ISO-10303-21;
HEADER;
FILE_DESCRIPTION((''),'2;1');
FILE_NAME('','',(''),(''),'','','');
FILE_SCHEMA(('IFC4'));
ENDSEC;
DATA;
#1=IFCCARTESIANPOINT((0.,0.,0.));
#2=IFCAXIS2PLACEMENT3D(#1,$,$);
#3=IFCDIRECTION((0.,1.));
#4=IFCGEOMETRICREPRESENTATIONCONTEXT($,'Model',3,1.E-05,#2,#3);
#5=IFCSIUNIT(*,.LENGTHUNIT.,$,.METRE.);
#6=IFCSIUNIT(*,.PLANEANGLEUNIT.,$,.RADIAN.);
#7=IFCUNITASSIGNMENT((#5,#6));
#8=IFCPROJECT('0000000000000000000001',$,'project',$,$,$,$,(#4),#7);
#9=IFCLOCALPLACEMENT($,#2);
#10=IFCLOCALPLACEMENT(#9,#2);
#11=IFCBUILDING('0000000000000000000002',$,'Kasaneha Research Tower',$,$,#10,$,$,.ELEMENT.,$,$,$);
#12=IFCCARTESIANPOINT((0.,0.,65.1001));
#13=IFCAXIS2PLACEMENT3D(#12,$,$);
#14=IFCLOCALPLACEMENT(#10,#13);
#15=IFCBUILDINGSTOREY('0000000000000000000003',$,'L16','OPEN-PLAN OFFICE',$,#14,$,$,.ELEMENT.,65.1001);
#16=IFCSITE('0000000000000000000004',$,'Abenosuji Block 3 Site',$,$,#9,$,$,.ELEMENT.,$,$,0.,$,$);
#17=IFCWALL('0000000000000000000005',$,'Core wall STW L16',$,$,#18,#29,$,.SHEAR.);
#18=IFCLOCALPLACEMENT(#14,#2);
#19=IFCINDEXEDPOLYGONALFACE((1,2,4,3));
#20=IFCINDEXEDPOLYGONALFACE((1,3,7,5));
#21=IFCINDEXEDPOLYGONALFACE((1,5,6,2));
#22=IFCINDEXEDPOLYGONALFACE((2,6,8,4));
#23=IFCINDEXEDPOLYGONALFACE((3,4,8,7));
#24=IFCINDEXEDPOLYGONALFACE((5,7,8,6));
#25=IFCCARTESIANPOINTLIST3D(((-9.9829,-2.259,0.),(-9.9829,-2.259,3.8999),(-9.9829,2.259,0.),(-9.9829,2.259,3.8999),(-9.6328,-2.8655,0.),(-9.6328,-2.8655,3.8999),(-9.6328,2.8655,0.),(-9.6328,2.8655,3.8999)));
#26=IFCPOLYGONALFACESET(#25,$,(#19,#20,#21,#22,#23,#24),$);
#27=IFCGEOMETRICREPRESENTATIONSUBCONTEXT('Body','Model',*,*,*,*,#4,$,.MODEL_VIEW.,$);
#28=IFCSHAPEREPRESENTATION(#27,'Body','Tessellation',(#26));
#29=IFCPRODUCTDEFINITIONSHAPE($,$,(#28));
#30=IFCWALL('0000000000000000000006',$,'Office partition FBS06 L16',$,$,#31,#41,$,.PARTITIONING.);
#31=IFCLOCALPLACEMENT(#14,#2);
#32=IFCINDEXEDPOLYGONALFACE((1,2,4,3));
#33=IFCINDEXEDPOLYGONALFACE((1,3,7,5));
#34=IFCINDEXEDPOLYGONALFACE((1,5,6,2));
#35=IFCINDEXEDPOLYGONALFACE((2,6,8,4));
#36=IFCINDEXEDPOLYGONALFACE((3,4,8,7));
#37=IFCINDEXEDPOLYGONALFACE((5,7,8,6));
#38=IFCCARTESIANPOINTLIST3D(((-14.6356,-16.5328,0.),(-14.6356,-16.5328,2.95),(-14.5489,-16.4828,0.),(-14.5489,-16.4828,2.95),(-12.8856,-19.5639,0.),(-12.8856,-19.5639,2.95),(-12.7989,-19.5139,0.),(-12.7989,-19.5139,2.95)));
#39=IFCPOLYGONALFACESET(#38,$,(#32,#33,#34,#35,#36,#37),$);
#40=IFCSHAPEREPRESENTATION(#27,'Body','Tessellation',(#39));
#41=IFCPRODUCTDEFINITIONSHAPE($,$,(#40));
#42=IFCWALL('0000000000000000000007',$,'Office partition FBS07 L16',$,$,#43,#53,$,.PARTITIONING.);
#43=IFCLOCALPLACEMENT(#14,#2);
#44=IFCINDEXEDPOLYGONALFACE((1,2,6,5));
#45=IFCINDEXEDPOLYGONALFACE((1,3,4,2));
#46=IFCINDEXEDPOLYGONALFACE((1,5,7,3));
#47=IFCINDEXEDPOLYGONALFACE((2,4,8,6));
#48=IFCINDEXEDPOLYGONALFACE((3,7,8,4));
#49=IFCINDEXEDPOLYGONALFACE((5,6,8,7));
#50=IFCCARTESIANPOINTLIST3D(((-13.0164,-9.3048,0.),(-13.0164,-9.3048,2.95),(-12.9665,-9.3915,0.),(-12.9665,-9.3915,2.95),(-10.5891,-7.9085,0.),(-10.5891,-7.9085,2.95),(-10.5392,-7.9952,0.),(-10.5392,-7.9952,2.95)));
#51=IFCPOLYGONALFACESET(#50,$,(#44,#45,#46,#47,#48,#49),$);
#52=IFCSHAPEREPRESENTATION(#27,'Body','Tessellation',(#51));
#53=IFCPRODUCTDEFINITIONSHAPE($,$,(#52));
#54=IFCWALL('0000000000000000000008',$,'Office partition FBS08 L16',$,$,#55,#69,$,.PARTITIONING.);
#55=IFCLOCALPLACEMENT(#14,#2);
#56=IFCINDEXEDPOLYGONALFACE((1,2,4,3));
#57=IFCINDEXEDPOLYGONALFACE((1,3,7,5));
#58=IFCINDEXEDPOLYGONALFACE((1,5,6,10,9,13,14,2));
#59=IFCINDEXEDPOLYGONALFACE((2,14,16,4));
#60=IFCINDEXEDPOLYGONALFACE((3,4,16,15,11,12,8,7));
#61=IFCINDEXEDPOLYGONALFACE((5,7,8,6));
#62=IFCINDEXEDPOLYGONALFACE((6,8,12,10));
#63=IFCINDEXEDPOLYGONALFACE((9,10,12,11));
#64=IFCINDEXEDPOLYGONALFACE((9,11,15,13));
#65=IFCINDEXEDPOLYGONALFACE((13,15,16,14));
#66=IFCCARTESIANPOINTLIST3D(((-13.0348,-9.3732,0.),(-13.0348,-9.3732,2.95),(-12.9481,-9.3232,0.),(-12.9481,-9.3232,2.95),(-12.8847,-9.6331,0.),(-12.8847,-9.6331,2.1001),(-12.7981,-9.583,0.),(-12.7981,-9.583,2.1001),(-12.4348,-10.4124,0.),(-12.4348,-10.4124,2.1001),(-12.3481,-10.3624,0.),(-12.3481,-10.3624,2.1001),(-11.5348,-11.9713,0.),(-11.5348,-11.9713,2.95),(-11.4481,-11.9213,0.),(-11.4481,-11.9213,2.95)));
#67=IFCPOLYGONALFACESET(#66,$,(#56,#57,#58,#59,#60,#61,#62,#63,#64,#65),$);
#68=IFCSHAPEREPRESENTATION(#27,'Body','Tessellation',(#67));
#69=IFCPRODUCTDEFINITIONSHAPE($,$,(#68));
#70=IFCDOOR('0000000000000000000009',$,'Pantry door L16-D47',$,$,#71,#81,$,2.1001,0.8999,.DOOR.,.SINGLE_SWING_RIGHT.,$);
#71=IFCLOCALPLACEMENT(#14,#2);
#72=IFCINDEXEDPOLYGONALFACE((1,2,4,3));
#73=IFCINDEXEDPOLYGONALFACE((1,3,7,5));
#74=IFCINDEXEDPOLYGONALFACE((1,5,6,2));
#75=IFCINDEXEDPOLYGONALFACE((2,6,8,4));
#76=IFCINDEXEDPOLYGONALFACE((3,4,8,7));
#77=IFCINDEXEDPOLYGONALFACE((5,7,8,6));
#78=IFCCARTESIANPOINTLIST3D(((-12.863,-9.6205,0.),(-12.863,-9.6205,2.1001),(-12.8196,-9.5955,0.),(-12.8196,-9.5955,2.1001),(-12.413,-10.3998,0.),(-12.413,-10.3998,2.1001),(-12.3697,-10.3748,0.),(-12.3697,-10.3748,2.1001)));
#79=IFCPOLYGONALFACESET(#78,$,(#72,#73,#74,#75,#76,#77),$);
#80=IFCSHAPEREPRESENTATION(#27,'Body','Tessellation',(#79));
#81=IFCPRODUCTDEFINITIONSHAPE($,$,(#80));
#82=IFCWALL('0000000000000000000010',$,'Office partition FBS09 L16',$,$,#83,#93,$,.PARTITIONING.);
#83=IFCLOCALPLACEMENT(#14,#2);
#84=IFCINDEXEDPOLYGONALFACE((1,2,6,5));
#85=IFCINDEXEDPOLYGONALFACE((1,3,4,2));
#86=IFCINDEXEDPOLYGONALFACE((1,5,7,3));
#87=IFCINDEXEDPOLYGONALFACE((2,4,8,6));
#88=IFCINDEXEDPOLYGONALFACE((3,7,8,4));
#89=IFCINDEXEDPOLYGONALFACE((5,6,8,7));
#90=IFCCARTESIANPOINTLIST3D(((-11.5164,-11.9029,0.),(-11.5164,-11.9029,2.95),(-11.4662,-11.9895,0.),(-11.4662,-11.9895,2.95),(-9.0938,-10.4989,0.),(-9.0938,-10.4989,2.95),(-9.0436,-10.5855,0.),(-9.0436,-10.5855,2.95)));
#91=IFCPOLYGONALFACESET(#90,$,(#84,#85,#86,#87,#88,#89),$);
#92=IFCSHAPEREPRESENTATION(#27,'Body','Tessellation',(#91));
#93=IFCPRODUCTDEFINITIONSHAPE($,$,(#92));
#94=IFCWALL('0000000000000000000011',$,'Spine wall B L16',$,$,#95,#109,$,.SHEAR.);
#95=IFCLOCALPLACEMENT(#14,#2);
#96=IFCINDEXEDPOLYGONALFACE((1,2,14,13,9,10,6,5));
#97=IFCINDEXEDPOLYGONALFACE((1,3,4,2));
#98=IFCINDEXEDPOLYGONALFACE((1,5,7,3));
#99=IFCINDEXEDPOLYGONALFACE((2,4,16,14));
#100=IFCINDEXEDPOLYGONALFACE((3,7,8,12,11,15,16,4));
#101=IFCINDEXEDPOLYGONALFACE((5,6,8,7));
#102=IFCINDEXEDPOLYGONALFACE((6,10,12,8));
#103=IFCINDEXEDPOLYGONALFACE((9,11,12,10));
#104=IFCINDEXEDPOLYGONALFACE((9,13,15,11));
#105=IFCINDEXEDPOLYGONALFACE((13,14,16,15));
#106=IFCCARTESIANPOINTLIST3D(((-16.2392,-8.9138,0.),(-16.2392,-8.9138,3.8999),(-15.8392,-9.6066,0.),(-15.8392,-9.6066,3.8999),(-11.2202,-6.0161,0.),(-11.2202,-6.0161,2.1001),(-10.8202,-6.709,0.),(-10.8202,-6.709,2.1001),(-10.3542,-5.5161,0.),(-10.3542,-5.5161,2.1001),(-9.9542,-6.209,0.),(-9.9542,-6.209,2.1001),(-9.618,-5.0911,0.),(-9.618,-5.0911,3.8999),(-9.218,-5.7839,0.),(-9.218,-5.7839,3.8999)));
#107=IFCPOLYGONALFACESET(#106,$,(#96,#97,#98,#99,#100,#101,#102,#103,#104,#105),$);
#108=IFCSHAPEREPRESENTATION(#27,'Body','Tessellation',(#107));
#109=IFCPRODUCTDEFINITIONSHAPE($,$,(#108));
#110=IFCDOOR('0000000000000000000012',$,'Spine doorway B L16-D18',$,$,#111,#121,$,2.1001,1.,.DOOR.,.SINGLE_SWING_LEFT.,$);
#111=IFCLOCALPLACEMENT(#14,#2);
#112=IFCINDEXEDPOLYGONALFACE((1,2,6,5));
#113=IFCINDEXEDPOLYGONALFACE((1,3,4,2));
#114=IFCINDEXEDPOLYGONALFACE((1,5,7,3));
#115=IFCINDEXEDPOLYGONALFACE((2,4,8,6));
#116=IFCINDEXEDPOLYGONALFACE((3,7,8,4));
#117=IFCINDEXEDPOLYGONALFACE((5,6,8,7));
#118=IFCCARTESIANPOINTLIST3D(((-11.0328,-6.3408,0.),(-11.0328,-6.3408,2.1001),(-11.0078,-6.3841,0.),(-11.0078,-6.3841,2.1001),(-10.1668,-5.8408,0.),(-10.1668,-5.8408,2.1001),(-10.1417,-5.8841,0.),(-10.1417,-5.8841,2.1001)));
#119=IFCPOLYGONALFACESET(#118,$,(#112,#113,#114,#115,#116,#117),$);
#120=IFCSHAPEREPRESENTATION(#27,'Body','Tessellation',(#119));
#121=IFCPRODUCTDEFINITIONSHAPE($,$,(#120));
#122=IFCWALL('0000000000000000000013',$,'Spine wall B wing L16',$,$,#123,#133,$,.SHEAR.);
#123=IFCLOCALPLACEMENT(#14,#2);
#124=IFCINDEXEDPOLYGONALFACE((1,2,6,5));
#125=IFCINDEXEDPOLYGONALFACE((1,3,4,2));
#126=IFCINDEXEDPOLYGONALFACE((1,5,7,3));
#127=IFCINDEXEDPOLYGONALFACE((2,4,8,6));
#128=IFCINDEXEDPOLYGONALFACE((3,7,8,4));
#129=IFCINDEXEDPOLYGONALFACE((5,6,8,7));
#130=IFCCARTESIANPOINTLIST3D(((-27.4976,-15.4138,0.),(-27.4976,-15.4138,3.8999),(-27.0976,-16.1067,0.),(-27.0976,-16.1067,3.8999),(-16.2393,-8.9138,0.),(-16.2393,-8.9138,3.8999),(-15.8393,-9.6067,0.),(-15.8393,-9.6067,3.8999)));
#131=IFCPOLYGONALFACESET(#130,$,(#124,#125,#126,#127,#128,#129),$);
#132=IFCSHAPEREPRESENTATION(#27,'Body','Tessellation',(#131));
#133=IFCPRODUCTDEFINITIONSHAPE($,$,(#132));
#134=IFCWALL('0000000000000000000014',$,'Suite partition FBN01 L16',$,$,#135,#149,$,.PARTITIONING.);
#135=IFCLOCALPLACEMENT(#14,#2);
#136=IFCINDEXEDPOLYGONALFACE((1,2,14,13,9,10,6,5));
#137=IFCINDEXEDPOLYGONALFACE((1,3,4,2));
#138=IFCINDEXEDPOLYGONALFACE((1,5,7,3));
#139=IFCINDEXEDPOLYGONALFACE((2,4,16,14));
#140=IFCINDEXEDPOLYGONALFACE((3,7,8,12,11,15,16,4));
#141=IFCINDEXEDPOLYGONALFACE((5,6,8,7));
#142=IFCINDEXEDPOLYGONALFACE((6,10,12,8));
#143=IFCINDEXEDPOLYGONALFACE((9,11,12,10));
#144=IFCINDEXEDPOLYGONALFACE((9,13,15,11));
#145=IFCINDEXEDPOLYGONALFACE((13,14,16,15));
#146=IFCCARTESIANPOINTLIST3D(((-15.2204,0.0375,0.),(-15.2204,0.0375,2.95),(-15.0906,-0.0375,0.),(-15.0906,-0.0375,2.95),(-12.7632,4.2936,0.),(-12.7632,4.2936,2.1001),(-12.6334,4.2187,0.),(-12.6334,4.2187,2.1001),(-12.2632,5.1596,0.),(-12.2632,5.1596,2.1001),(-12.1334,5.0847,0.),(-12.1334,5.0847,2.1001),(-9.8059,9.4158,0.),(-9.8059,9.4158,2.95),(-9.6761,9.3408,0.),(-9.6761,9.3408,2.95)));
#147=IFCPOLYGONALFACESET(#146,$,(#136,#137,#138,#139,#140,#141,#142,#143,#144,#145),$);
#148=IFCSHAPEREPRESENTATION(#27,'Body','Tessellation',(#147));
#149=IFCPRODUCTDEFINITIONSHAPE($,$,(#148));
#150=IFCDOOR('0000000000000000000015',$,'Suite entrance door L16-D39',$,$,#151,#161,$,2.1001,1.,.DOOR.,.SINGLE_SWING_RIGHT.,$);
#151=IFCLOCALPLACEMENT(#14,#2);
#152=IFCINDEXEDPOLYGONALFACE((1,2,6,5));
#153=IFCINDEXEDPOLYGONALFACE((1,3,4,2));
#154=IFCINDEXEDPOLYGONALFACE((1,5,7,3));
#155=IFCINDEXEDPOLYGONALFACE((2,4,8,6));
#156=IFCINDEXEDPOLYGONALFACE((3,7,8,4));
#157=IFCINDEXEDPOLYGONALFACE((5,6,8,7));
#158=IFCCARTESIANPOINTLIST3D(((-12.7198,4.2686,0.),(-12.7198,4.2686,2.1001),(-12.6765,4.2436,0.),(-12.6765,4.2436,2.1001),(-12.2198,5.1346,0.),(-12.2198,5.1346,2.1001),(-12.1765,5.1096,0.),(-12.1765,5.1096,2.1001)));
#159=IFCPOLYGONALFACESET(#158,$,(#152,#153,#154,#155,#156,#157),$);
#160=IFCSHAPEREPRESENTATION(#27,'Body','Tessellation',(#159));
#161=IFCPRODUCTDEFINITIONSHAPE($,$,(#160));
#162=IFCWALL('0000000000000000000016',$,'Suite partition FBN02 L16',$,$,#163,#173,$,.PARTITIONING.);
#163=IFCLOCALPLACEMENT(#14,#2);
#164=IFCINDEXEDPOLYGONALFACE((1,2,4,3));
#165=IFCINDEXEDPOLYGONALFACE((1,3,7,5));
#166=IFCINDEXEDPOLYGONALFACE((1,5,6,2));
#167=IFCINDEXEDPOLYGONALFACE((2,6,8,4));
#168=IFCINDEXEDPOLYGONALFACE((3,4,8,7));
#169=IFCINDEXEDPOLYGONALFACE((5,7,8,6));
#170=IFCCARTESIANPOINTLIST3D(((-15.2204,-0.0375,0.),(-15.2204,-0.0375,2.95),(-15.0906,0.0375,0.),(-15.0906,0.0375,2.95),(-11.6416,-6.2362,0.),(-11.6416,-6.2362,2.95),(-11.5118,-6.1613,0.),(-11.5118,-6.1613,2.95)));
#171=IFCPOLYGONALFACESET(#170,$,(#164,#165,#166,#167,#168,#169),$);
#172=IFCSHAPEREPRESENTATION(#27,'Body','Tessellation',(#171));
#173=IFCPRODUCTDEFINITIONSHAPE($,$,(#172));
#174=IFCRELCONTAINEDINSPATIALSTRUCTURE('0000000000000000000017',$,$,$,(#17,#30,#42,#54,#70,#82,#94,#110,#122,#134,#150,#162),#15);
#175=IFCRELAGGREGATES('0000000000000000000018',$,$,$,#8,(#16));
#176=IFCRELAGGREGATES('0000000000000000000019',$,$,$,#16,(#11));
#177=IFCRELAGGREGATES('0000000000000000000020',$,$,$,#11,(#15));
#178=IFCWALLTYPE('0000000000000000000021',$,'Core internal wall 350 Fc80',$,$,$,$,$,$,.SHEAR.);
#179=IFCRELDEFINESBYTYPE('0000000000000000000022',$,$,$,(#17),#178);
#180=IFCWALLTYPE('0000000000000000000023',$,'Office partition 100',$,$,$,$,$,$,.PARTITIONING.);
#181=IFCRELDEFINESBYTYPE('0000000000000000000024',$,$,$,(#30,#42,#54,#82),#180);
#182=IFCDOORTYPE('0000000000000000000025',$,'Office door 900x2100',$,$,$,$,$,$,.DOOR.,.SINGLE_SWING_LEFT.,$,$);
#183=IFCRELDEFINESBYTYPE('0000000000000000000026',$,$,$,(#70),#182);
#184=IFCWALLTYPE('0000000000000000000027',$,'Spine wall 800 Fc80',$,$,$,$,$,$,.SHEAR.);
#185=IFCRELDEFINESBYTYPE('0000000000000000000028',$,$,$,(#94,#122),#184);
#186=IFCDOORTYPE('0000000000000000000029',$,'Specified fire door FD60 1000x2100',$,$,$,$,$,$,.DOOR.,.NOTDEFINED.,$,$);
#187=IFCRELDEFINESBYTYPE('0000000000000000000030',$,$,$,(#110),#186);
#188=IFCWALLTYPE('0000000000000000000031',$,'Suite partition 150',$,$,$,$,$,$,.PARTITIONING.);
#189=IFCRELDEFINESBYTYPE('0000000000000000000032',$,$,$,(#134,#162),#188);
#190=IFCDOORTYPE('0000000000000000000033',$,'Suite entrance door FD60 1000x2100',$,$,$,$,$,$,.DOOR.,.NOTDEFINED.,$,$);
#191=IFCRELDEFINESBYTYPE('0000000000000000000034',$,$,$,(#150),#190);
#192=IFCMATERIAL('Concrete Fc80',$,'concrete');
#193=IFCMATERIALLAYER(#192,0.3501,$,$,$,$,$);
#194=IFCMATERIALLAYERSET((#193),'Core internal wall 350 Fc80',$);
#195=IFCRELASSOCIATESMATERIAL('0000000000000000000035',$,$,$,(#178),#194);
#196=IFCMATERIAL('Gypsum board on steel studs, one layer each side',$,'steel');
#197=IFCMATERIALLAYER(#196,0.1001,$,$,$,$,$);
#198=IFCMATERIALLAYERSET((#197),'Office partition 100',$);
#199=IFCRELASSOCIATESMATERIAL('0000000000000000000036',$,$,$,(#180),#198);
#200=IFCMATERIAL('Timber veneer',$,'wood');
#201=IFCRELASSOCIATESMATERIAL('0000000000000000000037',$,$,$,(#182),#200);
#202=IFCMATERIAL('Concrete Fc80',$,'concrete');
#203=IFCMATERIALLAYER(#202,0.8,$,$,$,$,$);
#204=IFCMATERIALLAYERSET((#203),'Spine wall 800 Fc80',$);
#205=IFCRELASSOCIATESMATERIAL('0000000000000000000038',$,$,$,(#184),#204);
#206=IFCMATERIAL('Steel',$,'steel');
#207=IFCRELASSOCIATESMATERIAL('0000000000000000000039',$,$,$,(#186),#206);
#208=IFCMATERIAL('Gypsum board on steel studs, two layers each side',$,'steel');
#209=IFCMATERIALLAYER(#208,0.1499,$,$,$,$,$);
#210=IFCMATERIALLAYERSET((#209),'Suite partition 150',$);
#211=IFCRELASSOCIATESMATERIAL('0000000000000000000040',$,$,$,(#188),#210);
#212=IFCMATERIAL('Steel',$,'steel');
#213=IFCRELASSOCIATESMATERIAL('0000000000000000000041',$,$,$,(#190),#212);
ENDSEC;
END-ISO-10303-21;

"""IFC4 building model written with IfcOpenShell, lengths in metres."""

from ifc_helpers import new_model, si_unit, direction, frame, frame_2d, origin, place, context, subcontext, project, spatial, polyline, rectangle, outline, extrude, material, layer, layer_set, type_object, element, fill, save


model = new_model("IFC4")

# Units and contexts
model_context = context("Model", 3, precision=1e-05, world=origin(), true_north=direction((0.0, 1.0)))
body_context = subcontext(model_context, "Body", "Model", "MODEL_VIEW")
ifc_project = project(units=[si_unit("LENGTHUNIT", "METRE"), si_unit("PLANEANGLEUNIT", "RADIAN")], contexts=[model_context])

# Site, building, storey
site_placement = place(None, origin())
site = spatial("IfcSite", under=ifc_project, at=site_placement, Name="Abenosuji Block 3 Site", CompositionType="ELEMENT", RefElevation=0.0)
building_placement = place(site_placement, origin())
building = spatial("IfcBuilding", under=site, at=building_placement, Name="Kasaneha Research Tower", CompositionType="ELEMENT")
storey_placement = place(building_placement, frame((0.0, 0.0, 65.1001)))
storey = spatial("IfcBuildingStorey", under=building, at=storey_placement, Name="L16", Description="OPEN-PLAN OFFICE", CompositionType="ELEMENT", Elevation=65.1001)

# Shared definitions
ifc_material_1 = material(Name="Concrete Fc80", Category="concrete")
ifc_layer_1 = layer(ifc_material_1, 0.3501)
ifc_layer_set_1 = layer_set([ifc_layer_1], Name="Core internal wall 350 Fc80")
wall_type_1 = type_object("IfcWallType", Name="Core internal wall 350 Fc80", PredefinedType="SHEAR", material=ifc_layer_set_1)

# Walls
wall_1_placement = place(storey_placement, frame((-9.8079, -2.5623, 0.0), z_axis=(0.0, 0.0, 1.0), x_axis=(0.0, 1.0, 0.0)))
element("IfcWall", 1, at=wall_1_placement, inside=storey, type_object=wall_type_1, Name="Core wall STW L16", PredefinedType="SHEAR", context=body_context, shape_type="SweptSolid", body=[
    extrude(outline(polyline([(-0.3032, -0.175), (5.4277, -0.175), (4.8213, 0.175), (0.3032, 0.175), (-0.3032, -0.175)])), origin(), (0.0, 0.0, 1.0), 3.8999),
])
ifc_material_2 = material(Name="Gypsum board on steel studs, one layer each side", Category="steel")
ifc_layer_2 = layer(ifc_material_2, 0.1001)
ifc_layer_set_2 = layer_set([ifc_layer_2], Name="Office partition 100")
wall_type_2 = type_object("IfcWallType", Name="Office partition 100", PredefinedType="PARTITIONING", material=ifc_layer_set_2)
wall_2_placement = place(storey_placement, frame((-14.5923, -16.5078, 0.0), z_axis=(0.0, 0.0, 1.0), x_axis=(0.50001, -0.866019, 0.0)))
element("IfcWall", 2, at=wall_2_placement, inside=storey, type_object=wall_type_2, Name="Office partition FBS06 L16", PredefinedType="PARTITIONING", context=body_context, shape_type="SweptSolid", body=[
    extrude(rectangle(XDim=3.5, YDim=0.1001, at=frame_2d((1.75, 0.0))), origin(), (0.0, 0.0, 1.0), 2.95),
])
wall_3_placement = place(storey_placement, frame((-12.9915, -9.3481, 0.0), z_axis=(0.0, 0.0, 1.0), x_axis=(0.866818, 0.498625, 0.0)))
element("IfcWall", 3, at=wall_3_placement, inside=storey, type_object=wall_type_2, Name="Office partition FBS07 L16", PredefinedType="PARTITIONING", context=body_context, shape_type="SweptSolid", body=[
    extrude(rectangle(XDim=2.8003, YDim=0.1001, at=frame_2d((1.4001, 0.0))), origin(), (0.0, 0.0, 1.0), 2.95),
])

# Wall, opening, door
wall_4_placement = place(storey_placement, frame((-11.4915, -11.9463, 0.0), z_axis=(0.0, 0.0, 1.0), x_axis=(-0.49999, 0.866031, 0.0)))
wall_4 = element("IfcWall", 4, at=wall_4_placement, inside=storey, type_object=wall_type_2, Name="Office partition FBS08 L16", PredefinedType="PARTITIONING", context=body_context, shape_type="SweptSolid", body=[
    extrude(rectangle(XDim=3.0, YDim=0.1001, at=frame_2d((1.5, 0.0))), origin(), (0.0, 0.0, 1.0), 2.95),
])
opening_1_placement = place(wall_4_placement, frame((1.8, 0.0, 0.0)))
opening_1 = element("IfcOpeningElement", 5, at=opening_1_placement, cuts=wall_4, PredefinedType="OPENING", context=body_context, shape_type="SweptSolid", body=[
    extrude(rectangle(XDim=0.8999, YDim=2.1001, at=frame_2d((0.45, 1.05))), frame((0.0, 0.0601, 0.0), z_axis=(0.0, -1.0, 0.0), x_axis=(1.0, 0.0, 0.0)), (0.0, 0.0, 1.0), 0.1201),
])
ifc_material_3 = material(Name="Timber veneer", Category="wood")
door_type_1 = type_object("IfcDoorType", Name="Office door 900x2100", OperationType="SINGLE_SWING_LEFT", PredefinedType="DOOR", material=ifc_material_3)
door_1_placement = place(opening_1_placement, origin())
door_1 = element("IfcDoor", 6, at=door_1_placement, inside=storey, type_object=door_type_1, Name="Pantry door L16-D47", OperationType="SINGLE_SWING_RIGHT", OverallHeight=2.1001, OverallWidth=0.8999, PredefinedType="DOOR", context=body_context, shape_type="SweptSolid", body=[
    extrude(rectangle(XDim=0.8999, YDim=2.1001, at=frame_2d((0.45, 1.05))), frame((0.0, 0.0249, 0.0), z_axis=(0.0, -1.0, 0.0), x_axis=(1.0, 0.0, 0.0)), (0.0, 0.0, 1.0), 0.05),
])
fill(opening_1, door_1)

# Wall
wall_5_placement = place(storey_placement, frame((-9.0688, -10.5422, 0.0), z_axis=(0.0, 0.0, 1.0), x_axis=(-0.865195, -0.501435, 0.0)))
element("IfcWall", 7, at=wall_5_placement, inside=storey, type_object=wall_type_2, Name="Office partition FBS09 L16", PredefinedType="PARTITIONING", context=body_context, shape_type="SweptSolid", body=[
    extrude(rectangle(XDim=2.8, YDim=0.1001, at=frame_2d((1.3999, 0.0))), origin(), (0.0, 0.0, 1.0), 2.95),
])

# Wall, opening, door
ifc_material_4 = material(Name="Concrete Fc80", Category="concrete")
ifc_layer_3 = layer(ifc_material_4, 0.8)
ifc_layer_set_3 = layer_set([ifc_layer_3], Name="Spine wall 800 Fc80")
wall_type_3 = type_object("IfcWallType", Name="Spine wall 800 Fc80", PredefinedType="SHEAR", material=ifc_layer_set_3)
wall_6_placement = place(storey_placement, frame((-9.418, -5.4375, 0.0), z_axis=(0.0, 0.0, 1.0), x_axis=(-0.86603, -0.499992, 0.0)))
wall_6 = element("IfcWall", 8, at=wall_6_placement, inside=storey, type_object=wall_type_3, Name="Spine wall B L16", PredefinedType="SHEAR", context=body_context, shape_type="SweptSolid", body=[
    extrude(rectangle(XDim=7.6455, YDim=0.8, at=frame_2d((3.8228, 0.0))), origin(), (0.0, 0.0, 1.0), 3.8999),
])
opening_2_placement = place(wall_6_placement, frame((0.8501, 0.0, 0.0)))
opening_2 = element("IfcOpeningElement", 9, at=opening_2_placement, cuts=wall_6, PredefinedType="OPENING", context=body_context, shape_type="SweptSolid", body=[
    extrude(rectangle(XDim=1.0, YDim=2.1001, at=frame_2d((0.5, 1.05))), frame((0.0, 0.4102, 0.0), z_axis=(0.0, -1.0, 0.0), x_axis=(1.0, 0.0, 0.0)), (0.0, 0.0, 1.0), 0.8201),
])
ifc_material_5 = material(Name="Steel", Category="steel")
door_type_2 = type_object("IfcDoorType", Name="Specified fire door FD60 1000x2100", OperationType="NOTDEFINED", PredefinedType="DOOR", material=ifc_material_5)
door_2_placement = place(opening_2_placement, origin())
door_2 = element("IfcDoor", 10, at=door_2_placement, inside=storey, type_object=door_type_2, Name="Spine doorway B L16-D18", OperationType="SINGLE_SWING_LEFT", OverallHeight=2.1001, OverallWidth=1.0, PredefinedType="DOOR", context=body_context, shape_type="SweptSolid", body=[
    extrude(rectangle(XDim=1.0, YDim=2.1001, at=frame_2d((0.5, 1.05))), frame((0.0, 0.0249, 0.0), z_axis=(0.0, -1.0, 0.0), x_axis=(1.0, 0.0, 0.0)), (0.0, 0.0, 1.0), 0.05),
])
fill(opening_2, door_2)

# Wall
wall_7_placement = place(storey_placement, frame((-16.0393, -9.2603, 0.0), z_axis=(0.0, 0.0, 1.0), x_axis=(-0.866025, -0.500001, 0.0)))
element("IfcWall", 11, at=wall_7_placement, inside=storey, type_object=wall_type_3, Name="Spine wall B wing L16", PredefinedType="SHEAR", context=body_context, shape_type="SweptSolid", body=[
    extrude(rectangle(XDim=13.0, YDim=0.8, at=frame_2d((6.5, 0.0))), origin(), (0.0, 0.0, 1.0), 3.8999),
])

# Wall, opening, door
ifc_material_6 = material(Name="Gypsum board on steel studs, two layers each side", Category="steel")
ifc_layer_4 = layer(ifc_material_6, 0.1499)
ifc_layer_set_4 = layer_set([ifc_layer_4], Name="Suite partition 150")
wall_type_4 = type_object("IfcWallType", Name="Suite partition 150", PredefinedType="PARTITIONING", material=ifc_layer_set_4)
wall_8_placement = place(storey_placement, frame((-15.1555, 0.0, 0.0), z_axis=(0.0, 0.0, 1.0), x_axis=(0.499994, 0.866029, 0.0)))
wall_8 = element("IfcWall", 12, at=wall_8_placement, inside=storey, type_object=wall_type_4, Name="Suite partition FBN01 L16", PredefinedType="PARTITIONING", context=body_context, shape_type="SweptSolid", body=[
    extrude(rectangle(XDim=10.8291, YDim=0.1499, at=frame_2d((5.4146, 0.0))), origin(), (0.0, 0.0, 1.0), 2.95),
])
opening_3_placement = place(wall_8_placement, frame((4.9146, 0.0, 0.0)))
opening_3 = element("IfcOpeningElement", 13, at=opening_3_placement, cuts=wall_8, PredefinedType="OPENING", context=body_context, shape_type="SweptSolid", body=[
    extrude(rectangle(XDim=1.0, YDim=2.1001, at=frame_2d((0.5, 1.05))), frame((0.0, 0.085, 0.0), z_axis=(0.0, -1.0, 0.0), x_axis=(1.0, 0.0, 0.0)), (0.0, 0.0, 1.0), 0.1699),
])
ifc_material_7 = material(Name="Steel", Category="steel")
door_type_3 = type_object("IfcDoorType", Name="Suite entrance door FD60 1000x2100", OperationType="NOTDEFINED", PredefinedType="DOOR", material=ifc_material_7)
door_3_placement = place(opening_3_placement, origin())
door_3 = element("IfcDoor", 14, at=door_3_placement, inside=storey, type_object=door_type_3, Name="Suite entrance door L16-D39", OperationType="SINGLE_SWING_RIGHT", OverallHeight=2.1001, OverallWidth=1.0, PredefinedType="DOOR", context=body_context, shape_type="SweptSolid", body=[
    extrude(rectangle(XDim=1.0, YDim=2.1001, at=frame_2d((0.5, 1.05))), frame((0.0, 0.0249, 0.0), z_axis=(0.0, -1.0, 0.0), x_axis=(1.0, 0.0, 0.0)), (0.0, 0.0, 1.0), 0.05),
])
fill(opening_3, door_3)

# Wall
wall_9_placement = place(storey_placement, frame((-11.5767, -6.1987, 0.0), z_axis=(0.0, 0.0, 1.0), x_axis=(-0.500002, 0.866024, 0.0)))
element("IfcWall", 15, at=wall_9_placement, inside=storey, type_object=wall_type_4, Name="Suite partition FBN02 L16", PredefinedType="PARTITIONING", context=body_context, shape_type="SweptSolid", body=[
    extrude(rectangle(XDim=7.1577, YDim=0.1499, at=frame_2d((3.5789, 0.0))), origin(), (0.0, 0.0, 1.0), 2.95),
])

save(model, "model.ifc")
